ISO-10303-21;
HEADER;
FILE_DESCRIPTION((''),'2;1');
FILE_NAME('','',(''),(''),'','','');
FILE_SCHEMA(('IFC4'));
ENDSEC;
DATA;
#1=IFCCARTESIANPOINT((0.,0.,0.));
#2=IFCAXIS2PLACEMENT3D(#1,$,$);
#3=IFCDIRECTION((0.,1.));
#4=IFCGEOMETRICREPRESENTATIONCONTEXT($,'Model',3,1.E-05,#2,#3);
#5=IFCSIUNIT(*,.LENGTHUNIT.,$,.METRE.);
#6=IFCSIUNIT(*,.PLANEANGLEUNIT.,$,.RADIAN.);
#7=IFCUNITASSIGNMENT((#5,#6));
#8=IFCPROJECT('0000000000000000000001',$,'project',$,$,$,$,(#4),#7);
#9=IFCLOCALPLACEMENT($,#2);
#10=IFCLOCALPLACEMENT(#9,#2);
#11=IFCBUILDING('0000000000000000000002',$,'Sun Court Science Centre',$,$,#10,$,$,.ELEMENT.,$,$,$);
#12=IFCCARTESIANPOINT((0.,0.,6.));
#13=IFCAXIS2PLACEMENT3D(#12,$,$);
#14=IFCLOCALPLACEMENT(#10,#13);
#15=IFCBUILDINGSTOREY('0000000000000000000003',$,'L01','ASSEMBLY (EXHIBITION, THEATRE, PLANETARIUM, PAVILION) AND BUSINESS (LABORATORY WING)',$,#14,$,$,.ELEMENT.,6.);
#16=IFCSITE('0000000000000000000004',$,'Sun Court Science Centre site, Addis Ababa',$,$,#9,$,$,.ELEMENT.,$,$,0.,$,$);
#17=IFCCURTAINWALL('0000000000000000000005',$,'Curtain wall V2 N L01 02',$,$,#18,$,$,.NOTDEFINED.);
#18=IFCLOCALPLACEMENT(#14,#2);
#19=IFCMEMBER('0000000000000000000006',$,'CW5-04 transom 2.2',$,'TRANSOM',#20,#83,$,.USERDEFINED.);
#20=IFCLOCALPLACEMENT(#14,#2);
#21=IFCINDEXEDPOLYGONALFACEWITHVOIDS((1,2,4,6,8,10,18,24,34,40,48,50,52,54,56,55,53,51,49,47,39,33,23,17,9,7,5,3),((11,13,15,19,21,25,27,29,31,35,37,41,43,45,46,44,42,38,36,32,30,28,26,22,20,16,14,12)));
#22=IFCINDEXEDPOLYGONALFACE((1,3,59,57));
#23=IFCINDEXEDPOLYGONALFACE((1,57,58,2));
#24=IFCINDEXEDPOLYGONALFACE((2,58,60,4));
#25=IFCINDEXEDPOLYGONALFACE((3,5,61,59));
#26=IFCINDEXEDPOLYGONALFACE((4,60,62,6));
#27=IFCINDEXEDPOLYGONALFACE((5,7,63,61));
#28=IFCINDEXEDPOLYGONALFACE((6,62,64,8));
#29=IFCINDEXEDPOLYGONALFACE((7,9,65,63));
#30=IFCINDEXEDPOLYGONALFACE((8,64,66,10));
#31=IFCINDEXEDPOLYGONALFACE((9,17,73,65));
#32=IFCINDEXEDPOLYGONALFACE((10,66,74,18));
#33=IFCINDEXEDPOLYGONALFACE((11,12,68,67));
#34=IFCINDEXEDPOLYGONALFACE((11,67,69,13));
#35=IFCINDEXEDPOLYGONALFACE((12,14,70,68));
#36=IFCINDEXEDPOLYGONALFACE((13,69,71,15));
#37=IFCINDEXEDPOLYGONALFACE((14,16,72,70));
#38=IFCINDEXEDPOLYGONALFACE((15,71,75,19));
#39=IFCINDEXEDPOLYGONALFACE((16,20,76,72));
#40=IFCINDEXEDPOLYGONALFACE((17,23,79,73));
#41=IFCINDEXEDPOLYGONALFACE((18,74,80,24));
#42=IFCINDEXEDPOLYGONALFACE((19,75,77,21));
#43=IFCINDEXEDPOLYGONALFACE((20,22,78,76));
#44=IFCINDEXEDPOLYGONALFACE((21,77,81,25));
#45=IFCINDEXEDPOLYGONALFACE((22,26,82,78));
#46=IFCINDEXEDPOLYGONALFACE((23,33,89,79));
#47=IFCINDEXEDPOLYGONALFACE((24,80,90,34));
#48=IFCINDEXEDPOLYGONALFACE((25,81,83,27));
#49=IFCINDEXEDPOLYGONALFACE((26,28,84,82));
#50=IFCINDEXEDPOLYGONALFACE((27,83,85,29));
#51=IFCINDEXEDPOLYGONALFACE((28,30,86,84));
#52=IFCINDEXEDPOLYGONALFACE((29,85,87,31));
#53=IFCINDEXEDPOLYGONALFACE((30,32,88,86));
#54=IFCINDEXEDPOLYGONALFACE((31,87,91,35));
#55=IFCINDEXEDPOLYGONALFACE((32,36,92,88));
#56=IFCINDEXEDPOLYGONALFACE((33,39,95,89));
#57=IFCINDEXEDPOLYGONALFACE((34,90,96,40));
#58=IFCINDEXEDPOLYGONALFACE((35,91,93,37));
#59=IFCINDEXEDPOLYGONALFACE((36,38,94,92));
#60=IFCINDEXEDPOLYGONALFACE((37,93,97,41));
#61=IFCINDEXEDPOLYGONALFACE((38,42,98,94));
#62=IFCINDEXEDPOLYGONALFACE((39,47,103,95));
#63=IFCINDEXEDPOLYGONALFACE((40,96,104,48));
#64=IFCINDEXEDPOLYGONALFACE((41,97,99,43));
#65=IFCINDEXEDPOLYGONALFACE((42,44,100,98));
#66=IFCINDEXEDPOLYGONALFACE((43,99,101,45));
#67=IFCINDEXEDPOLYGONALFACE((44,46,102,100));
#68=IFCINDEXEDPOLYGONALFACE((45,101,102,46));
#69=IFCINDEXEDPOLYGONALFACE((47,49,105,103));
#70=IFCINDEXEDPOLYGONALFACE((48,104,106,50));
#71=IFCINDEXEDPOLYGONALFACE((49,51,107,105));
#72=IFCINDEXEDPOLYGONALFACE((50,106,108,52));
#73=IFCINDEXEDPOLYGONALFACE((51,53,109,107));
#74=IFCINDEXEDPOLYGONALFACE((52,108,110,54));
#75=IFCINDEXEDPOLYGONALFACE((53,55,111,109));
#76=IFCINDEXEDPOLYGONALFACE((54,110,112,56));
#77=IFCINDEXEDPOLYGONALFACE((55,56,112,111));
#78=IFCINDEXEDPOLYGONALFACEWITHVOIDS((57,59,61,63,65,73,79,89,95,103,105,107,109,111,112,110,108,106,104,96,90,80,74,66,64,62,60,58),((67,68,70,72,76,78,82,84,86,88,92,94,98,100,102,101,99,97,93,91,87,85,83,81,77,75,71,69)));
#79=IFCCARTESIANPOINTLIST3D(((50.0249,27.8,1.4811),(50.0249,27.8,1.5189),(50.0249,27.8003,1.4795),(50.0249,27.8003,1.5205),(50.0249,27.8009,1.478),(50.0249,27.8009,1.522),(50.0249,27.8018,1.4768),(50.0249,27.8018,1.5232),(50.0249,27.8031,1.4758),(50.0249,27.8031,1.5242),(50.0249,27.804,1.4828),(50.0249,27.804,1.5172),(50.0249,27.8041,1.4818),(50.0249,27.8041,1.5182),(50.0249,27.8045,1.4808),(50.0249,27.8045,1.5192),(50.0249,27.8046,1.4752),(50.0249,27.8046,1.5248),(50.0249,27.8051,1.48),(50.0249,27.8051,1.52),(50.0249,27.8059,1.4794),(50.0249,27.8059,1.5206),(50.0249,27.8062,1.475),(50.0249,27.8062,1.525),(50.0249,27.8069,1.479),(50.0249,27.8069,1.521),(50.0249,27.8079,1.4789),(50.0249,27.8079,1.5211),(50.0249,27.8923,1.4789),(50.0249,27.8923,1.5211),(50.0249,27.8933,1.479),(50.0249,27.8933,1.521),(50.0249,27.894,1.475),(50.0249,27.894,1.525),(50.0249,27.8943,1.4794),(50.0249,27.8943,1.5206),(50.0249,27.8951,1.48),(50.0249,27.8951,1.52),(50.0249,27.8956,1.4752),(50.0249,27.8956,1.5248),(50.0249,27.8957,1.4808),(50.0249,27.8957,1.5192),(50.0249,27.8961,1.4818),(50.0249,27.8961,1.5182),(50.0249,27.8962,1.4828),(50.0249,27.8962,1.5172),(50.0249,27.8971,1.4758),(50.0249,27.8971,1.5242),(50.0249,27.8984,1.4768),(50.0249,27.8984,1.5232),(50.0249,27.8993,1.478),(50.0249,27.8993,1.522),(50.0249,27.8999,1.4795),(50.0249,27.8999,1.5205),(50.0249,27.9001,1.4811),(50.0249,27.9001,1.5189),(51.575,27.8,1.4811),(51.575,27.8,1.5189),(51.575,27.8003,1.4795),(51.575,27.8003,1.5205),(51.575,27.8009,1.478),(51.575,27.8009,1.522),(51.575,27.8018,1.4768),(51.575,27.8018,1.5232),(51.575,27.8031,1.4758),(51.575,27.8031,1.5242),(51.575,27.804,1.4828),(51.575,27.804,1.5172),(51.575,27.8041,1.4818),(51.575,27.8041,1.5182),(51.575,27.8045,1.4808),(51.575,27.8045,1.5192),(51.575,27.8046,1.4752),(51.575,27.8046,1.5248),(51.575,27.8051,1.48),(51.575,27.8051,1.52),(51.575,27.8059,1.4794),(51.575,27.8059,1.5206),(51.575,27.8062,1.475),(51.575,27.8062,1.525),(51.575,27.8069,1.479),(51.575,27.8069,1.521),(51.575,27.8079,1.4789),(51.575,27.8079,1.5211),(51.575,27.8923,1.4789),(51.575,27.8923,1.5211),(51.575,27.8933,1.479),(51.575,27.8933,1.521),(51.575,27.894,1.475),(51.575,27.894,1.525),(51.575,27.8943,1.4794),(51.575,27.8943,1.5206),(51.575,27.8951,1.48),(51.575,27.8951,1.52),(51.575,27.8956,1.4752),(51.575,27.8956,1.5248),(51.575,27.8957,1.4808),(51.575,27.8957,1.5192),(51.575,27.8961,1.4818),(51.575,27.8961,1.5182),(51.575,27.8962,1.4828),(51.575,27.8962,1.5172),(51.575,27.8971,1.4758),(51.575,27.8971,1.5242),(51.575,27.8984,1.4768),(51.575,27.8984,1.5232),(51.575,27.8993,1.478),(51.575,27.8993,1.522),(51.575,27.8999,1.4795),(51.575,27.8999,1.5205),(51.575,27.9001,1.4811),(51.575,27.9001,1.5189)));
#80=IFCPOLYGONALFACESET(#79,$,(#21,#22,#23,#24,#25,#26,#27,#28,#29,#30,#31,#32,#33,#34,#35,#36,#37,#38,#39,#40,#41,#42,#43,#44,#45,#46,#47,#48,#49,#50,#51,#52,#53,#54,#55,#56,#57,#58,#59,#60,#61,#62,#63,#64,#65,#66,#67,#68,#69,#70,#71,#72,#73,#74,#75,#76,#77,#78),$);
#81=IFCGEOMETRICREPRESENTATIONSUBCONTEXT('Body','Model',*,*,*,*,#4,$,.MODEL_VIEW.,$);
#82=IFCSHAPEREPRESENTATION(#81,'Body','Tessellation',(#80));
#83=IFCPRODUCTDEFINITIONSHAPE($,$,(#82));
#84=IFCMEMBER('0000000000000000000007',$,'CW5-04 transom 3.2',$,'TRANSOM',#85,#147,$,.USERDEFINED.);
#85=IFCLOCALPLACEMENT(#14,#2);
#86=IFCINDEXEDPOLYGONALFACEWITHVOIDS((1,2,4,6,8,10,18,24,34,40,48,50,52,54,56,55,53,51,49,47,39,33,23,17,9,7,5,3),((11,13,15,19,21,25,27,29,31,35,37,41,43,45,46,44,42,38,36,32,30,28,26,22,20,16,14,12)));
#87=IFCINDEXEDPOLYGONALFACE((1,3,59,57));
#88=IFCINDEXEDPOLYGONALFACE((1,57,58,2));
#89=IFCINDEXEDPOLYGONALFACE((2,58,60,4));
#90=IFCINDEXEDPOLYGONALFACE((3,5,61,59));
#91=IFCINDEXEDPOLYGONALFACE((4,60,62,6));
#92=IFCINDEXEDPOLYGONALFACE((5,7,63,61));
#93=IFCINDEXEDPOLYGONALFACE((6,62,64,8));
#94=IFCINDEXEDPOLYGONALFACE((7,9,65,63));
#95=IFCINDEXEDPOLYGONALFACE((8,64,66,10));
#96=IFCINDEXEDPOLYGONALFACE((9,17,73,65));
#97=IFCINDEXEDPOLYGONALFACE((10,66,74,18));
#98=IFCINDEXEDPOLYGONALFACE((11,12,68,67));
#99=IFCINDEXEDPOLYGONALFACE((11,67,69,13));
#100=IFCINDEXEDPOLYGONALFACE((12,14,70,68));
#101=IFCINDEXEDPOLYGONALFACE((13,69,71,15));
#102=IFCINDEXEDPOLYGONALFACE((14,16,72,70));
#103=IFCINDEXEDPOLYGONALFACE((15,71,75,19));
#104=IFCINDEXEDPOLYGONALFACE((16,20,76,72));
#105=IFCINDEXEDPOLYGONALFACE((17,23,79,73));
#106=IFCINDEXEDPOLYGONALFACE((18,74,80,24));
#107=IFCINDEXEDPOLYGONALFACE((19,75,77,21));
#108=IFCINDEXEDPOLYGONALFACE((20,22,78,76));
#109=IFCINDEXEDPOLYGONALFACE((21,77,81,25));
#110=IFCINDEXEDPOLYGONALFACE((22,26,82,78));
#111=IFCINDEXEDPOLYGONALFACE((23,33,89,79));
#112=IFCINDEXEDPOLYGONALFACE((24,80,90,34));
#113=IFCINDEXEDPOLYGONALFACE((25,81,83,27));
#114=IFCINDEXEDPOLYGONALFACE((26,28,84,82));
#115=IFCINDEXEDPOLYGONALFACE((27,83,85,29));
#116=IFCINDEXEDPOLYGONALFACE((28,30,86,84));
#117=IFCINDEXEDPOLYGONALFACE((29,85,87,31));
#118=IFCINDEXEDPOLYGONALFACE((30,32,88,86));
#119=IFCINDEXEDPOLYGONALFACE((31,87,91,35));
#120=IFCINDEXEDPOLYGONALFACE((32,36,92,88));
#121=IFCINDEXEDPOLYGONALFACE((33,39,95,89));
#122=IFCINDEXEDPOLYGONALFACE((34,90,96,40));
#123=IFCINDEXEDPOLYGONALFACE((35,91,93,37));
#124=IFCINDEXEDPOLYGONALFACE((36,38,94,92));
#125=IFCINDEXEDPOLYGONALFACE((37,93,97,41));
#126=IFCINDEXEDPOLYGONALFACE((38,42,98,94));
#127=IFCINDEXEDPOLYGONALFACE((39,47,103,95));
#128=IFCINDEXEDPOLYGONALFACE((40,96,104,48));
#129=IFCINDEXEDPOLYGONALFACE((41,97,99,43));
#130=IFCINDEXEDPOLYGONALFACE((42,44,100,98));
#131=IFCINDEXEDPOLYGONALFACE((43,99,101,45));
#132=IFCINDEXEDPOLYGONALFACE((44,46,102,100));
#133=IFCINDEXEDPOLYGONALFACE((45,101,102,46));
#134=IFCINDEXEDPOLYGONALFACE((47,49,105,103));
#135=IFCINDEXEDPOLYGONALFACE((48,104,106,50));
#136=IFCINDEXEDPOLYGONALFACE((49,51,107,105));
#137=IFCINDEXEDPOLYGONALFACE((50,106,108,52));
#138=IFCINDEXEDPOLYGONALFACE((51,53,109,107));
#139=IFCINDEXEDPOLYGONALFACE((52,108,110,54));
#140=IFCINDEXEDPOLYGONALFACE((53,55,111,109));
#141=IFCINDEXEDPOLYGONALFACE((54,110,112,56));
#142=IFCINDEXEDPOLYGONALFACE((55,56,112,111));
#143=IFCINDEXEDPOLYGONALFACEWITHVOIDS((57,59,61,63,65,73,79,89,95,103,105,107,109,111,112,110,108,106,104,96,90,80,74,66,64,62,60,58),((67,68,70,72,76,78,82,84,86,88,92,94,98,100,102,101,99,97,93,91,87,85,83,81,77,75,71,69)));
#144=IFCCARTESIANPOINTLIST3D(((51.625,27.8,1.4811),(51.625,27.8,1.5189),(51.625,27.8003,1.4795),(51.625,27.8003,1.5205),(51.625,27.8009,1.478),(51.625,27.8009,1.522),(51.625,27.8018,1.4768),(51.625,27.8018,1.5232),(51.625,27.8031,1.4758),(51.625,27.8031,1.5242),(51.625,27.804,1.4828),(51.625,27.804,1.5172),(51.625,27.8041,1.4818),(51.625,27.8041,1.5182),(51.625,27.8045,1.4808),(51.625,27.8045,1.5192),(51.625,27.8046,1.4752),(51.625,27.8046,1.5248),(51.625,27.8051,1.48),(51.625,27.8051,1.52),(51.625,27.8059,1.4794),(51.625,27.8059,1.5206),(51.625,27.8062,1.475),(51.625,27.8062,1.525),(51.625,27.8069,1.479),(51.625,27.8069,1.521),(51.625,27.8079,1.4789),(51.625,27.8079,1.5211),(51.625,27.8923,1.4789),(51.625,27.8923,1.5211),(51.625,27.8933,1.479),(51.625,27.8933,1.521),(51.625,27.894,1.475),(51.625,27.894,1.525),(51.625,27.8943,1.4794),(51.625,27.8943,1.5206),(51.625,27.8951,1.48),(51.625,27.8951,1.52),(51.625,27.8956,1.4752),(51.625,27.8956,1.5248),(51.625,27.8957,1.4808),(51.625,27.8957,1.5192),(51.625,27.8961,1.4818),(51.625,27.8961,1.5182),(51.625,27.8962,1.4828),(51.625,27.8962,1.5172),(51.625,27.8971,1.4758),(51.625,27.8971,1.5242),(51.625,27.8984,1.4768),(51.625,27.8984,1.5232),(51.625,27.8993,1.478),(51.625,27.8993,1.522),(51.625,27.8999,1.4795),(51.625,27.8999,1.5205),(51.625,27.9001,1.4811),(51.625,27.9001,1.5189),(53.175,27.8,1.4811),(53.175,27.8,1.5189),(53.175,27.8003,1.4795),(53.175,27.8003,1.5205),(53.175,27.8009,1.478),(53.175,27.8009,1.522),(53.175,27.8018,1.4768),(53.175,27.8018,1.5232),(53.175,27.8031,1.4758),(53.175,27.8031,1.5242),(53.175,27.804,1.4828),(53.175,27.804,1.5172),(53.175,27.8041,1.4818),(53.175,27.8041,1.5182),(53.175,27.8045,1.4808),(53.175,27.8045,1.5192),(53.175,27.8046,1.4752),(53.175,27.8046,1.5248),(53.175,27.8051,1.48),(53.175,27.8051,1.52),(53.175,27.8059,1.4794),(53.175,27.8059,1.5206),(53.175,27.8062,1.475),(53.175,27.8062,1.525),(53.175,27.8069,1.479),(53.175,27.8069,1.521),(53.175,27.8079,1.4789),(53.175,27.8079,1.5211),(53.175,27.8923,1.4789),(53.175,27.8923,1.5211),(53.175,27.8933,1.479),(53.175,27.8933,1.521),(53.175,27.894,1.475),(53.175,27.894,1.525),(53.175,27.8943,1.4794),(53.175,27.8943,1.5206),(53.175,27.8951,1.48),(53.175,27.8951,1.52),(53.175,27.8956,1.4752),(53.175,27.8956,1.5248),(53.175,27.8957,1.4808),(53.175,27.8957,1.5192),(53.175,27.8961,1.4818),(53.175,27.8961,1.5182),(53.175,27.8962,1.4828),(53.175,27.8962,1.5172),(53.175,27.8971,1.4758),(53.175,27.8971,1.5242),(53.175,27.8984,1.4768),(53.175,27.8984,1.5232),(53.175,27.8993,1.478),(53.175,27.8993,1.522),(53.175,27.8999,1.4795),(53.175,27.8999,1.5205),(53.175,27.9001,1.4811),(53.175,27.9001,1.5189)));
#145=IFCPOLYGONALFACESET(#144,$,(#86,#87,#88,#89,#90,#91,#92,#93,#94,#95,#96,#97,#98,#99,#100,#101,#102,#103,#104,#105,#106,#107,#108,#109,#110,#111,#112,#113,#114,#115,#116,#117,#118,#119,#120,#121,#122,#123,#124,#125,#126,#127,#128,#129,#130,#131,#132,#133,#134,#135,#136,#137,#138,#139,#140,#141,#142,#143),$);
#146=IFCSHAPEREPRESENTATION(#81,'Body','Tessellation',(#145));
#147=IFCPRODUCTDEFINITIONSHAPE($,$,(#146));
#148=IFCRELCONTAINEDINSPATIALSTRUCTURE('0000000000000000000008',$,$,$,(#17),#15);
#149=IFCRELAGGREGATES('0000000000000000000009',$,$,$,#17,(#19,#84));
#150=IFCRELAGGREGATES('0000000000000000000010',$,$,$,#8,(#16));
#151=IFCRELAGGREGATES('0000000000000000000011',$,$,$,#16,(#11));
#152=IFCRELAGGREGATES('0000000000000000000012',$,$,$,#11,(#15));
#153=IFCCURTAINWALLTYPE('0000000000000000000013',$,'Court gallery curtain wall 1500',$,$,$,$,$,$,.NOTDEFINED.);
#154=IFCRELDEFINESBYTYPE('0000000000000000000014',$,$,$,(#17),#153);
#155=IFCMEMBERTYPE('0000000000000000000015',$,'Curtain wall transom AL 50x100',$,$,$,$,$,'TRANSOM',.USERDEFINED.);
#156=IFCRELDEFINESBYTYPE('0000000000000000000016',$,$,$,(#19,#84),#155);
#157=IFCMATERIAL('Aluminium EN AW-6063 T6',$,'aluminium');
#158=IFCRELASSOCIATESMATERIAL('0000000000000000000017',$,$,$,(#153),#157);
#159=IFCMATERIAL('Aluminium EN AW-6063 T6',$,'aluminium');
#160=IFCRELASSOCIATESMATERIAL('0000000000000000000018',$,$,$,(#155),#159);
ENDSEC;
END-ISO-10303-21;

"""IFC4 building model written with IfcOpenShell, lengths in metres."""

from ifc_helpers import new_model, si_unit, direction, frame, origin, origin_2d, place, context, subcontext, project, spatial, hollow_rectangle, extrude, material, material_profile, profile_set, type_object, element, aggregate, save


model = new_model("IFC4")

# Units and contexts
model_context = context("Model", 3, precision=1e-05, world=origin(), true_north=direction((0.0, 1.0)))
body_context = subcontext(model_context, "Body", "Model", "MODEL_VIEW")
ifc_project = project(units=[si_unit("LENGTHUNIT", "METRE"), si_unit("PLANEANGLEUNIT", "RADIAN")], contexts=[model_context])

# Site, building, storey
site_placement = place(None, origin())
site = spatial("IfcSite", under=ifc_project, at=site_placement, Name="Sun Court Science Centre site, Addis Ababa", CompositionType="ELEMENT", RefElevation=0.0)
building_placement = place(site_placement, origin())
building = spatial("IfcBuilding", under=site, at=building_placement, Name="Sun Court Science Centre", CompositionType="ELEMENT")
storey_placement = place(building_placement, frame((0.0, 0.0, 6.0)))
storey = spatial("IfcBuildingStorey", under=building, at=storey_placement, Name="L01", Description="ASSEMBLY (EXHIBITION, THEATRE, PLANETARIUM, PAVILION) AND BUSINESS (LABORATORY WING)", CompositionType="ELEMENT", Elevation=6.0)

# Curtain wall, members
ifc_material_1 = material(Name="Aluminium EN AW-6063 T6", Category="aluminium")
curtain_wall_type_1 = type_object("IfcCurtainWallType", Name="Court gallery curtain wall 1500", PredefinedType="NOTDEFINED", material=ifc_material_1)
curtain_wall_1_placement = place(storey_placement, origin())
curtain_wall_1 = element("IfcCurtainWall", 1, at=curtain_wall_1_placement, inside=storey, type_object=curtain_wall_type_1, Name="Curtain wall V2 N L01 02", PredefinedType="NOTDEFINED")
ifc_material_2 = material(Name="Aluminium EN AW-6063 T6", Category="aluminium")
ifc_material_profile_1 = material_profile(ifc_material_2, hollow_rectangle(XDim=0.05, YDim=0.1001, WallThickness=0.0039, InnerFilletRadius=0.0039, OuterFilletRadius=0.0061, at=origin_2d()), Name="AL 50x100x4")
ifc_profile_set_1 = profile_set([ifc_material_profile_1], Name="Aluminium EN AW-6063 T6")
member_type_1 = type_object("IfcMemberType", Name="Curtain wall transom AL 50x100", ElementType="TRANSOM", PredefinedType="USERDEFINED", material=ifc_profile_set_1)
member_1_placement = place(storey_placement, frame((50.0249, 27.8501, 1.5), z_axis=(1.0, 0.0, 0.0), x_axis=(0.0, 0.0, 1.0)))
member_1 = element("IfcMember", 2, at=member_1_placement, type_object=member_type_1, Name="CW5-04 transom 2.2", ObjectType="TRANSOM", PredefinedType="USERDEFINED", context=body_context, shape_type="SweptSolid", body=[
    extrude(hollow_rectangle(XDim=0.05, YDim=0.1001, WallThickness=0.0039, InnerFilletRadius=0.0039, OuterFilletRadius=0.0061, at=origin_2d()), origin(), (0.0, 0.0, 1.0), 1.55),
])
member_2_placement = place(storey_placement, frame((51.625, 27.8501, 1.5), z_axis=(1.0, 0.0, 0.0), x_axis=(0.0, 0.0, 1.0)))
member_2 = element("IfcMember", 3, at=member_2_placement, type_object=member_type_1, Name="CW5-04 transom 3.2", ObjectType="TRANSOM", PredefinedType="USERDEFINED", context=body_context, shape_type="SweptSolid", body=[
    extrude(hollow_rectangle(XDim=0.05, YDim=0.1001, WallThickness=0.0039, InnerFilletRadius=0.0039, OuterFilletRadius=0.0061, at=origin_2d()), origin(), (0.0, 0.0, 1.0), 1.55),
])

aggregate(curtain_wall_1, [member_1, member_2])

save(model, "model.ifc")
